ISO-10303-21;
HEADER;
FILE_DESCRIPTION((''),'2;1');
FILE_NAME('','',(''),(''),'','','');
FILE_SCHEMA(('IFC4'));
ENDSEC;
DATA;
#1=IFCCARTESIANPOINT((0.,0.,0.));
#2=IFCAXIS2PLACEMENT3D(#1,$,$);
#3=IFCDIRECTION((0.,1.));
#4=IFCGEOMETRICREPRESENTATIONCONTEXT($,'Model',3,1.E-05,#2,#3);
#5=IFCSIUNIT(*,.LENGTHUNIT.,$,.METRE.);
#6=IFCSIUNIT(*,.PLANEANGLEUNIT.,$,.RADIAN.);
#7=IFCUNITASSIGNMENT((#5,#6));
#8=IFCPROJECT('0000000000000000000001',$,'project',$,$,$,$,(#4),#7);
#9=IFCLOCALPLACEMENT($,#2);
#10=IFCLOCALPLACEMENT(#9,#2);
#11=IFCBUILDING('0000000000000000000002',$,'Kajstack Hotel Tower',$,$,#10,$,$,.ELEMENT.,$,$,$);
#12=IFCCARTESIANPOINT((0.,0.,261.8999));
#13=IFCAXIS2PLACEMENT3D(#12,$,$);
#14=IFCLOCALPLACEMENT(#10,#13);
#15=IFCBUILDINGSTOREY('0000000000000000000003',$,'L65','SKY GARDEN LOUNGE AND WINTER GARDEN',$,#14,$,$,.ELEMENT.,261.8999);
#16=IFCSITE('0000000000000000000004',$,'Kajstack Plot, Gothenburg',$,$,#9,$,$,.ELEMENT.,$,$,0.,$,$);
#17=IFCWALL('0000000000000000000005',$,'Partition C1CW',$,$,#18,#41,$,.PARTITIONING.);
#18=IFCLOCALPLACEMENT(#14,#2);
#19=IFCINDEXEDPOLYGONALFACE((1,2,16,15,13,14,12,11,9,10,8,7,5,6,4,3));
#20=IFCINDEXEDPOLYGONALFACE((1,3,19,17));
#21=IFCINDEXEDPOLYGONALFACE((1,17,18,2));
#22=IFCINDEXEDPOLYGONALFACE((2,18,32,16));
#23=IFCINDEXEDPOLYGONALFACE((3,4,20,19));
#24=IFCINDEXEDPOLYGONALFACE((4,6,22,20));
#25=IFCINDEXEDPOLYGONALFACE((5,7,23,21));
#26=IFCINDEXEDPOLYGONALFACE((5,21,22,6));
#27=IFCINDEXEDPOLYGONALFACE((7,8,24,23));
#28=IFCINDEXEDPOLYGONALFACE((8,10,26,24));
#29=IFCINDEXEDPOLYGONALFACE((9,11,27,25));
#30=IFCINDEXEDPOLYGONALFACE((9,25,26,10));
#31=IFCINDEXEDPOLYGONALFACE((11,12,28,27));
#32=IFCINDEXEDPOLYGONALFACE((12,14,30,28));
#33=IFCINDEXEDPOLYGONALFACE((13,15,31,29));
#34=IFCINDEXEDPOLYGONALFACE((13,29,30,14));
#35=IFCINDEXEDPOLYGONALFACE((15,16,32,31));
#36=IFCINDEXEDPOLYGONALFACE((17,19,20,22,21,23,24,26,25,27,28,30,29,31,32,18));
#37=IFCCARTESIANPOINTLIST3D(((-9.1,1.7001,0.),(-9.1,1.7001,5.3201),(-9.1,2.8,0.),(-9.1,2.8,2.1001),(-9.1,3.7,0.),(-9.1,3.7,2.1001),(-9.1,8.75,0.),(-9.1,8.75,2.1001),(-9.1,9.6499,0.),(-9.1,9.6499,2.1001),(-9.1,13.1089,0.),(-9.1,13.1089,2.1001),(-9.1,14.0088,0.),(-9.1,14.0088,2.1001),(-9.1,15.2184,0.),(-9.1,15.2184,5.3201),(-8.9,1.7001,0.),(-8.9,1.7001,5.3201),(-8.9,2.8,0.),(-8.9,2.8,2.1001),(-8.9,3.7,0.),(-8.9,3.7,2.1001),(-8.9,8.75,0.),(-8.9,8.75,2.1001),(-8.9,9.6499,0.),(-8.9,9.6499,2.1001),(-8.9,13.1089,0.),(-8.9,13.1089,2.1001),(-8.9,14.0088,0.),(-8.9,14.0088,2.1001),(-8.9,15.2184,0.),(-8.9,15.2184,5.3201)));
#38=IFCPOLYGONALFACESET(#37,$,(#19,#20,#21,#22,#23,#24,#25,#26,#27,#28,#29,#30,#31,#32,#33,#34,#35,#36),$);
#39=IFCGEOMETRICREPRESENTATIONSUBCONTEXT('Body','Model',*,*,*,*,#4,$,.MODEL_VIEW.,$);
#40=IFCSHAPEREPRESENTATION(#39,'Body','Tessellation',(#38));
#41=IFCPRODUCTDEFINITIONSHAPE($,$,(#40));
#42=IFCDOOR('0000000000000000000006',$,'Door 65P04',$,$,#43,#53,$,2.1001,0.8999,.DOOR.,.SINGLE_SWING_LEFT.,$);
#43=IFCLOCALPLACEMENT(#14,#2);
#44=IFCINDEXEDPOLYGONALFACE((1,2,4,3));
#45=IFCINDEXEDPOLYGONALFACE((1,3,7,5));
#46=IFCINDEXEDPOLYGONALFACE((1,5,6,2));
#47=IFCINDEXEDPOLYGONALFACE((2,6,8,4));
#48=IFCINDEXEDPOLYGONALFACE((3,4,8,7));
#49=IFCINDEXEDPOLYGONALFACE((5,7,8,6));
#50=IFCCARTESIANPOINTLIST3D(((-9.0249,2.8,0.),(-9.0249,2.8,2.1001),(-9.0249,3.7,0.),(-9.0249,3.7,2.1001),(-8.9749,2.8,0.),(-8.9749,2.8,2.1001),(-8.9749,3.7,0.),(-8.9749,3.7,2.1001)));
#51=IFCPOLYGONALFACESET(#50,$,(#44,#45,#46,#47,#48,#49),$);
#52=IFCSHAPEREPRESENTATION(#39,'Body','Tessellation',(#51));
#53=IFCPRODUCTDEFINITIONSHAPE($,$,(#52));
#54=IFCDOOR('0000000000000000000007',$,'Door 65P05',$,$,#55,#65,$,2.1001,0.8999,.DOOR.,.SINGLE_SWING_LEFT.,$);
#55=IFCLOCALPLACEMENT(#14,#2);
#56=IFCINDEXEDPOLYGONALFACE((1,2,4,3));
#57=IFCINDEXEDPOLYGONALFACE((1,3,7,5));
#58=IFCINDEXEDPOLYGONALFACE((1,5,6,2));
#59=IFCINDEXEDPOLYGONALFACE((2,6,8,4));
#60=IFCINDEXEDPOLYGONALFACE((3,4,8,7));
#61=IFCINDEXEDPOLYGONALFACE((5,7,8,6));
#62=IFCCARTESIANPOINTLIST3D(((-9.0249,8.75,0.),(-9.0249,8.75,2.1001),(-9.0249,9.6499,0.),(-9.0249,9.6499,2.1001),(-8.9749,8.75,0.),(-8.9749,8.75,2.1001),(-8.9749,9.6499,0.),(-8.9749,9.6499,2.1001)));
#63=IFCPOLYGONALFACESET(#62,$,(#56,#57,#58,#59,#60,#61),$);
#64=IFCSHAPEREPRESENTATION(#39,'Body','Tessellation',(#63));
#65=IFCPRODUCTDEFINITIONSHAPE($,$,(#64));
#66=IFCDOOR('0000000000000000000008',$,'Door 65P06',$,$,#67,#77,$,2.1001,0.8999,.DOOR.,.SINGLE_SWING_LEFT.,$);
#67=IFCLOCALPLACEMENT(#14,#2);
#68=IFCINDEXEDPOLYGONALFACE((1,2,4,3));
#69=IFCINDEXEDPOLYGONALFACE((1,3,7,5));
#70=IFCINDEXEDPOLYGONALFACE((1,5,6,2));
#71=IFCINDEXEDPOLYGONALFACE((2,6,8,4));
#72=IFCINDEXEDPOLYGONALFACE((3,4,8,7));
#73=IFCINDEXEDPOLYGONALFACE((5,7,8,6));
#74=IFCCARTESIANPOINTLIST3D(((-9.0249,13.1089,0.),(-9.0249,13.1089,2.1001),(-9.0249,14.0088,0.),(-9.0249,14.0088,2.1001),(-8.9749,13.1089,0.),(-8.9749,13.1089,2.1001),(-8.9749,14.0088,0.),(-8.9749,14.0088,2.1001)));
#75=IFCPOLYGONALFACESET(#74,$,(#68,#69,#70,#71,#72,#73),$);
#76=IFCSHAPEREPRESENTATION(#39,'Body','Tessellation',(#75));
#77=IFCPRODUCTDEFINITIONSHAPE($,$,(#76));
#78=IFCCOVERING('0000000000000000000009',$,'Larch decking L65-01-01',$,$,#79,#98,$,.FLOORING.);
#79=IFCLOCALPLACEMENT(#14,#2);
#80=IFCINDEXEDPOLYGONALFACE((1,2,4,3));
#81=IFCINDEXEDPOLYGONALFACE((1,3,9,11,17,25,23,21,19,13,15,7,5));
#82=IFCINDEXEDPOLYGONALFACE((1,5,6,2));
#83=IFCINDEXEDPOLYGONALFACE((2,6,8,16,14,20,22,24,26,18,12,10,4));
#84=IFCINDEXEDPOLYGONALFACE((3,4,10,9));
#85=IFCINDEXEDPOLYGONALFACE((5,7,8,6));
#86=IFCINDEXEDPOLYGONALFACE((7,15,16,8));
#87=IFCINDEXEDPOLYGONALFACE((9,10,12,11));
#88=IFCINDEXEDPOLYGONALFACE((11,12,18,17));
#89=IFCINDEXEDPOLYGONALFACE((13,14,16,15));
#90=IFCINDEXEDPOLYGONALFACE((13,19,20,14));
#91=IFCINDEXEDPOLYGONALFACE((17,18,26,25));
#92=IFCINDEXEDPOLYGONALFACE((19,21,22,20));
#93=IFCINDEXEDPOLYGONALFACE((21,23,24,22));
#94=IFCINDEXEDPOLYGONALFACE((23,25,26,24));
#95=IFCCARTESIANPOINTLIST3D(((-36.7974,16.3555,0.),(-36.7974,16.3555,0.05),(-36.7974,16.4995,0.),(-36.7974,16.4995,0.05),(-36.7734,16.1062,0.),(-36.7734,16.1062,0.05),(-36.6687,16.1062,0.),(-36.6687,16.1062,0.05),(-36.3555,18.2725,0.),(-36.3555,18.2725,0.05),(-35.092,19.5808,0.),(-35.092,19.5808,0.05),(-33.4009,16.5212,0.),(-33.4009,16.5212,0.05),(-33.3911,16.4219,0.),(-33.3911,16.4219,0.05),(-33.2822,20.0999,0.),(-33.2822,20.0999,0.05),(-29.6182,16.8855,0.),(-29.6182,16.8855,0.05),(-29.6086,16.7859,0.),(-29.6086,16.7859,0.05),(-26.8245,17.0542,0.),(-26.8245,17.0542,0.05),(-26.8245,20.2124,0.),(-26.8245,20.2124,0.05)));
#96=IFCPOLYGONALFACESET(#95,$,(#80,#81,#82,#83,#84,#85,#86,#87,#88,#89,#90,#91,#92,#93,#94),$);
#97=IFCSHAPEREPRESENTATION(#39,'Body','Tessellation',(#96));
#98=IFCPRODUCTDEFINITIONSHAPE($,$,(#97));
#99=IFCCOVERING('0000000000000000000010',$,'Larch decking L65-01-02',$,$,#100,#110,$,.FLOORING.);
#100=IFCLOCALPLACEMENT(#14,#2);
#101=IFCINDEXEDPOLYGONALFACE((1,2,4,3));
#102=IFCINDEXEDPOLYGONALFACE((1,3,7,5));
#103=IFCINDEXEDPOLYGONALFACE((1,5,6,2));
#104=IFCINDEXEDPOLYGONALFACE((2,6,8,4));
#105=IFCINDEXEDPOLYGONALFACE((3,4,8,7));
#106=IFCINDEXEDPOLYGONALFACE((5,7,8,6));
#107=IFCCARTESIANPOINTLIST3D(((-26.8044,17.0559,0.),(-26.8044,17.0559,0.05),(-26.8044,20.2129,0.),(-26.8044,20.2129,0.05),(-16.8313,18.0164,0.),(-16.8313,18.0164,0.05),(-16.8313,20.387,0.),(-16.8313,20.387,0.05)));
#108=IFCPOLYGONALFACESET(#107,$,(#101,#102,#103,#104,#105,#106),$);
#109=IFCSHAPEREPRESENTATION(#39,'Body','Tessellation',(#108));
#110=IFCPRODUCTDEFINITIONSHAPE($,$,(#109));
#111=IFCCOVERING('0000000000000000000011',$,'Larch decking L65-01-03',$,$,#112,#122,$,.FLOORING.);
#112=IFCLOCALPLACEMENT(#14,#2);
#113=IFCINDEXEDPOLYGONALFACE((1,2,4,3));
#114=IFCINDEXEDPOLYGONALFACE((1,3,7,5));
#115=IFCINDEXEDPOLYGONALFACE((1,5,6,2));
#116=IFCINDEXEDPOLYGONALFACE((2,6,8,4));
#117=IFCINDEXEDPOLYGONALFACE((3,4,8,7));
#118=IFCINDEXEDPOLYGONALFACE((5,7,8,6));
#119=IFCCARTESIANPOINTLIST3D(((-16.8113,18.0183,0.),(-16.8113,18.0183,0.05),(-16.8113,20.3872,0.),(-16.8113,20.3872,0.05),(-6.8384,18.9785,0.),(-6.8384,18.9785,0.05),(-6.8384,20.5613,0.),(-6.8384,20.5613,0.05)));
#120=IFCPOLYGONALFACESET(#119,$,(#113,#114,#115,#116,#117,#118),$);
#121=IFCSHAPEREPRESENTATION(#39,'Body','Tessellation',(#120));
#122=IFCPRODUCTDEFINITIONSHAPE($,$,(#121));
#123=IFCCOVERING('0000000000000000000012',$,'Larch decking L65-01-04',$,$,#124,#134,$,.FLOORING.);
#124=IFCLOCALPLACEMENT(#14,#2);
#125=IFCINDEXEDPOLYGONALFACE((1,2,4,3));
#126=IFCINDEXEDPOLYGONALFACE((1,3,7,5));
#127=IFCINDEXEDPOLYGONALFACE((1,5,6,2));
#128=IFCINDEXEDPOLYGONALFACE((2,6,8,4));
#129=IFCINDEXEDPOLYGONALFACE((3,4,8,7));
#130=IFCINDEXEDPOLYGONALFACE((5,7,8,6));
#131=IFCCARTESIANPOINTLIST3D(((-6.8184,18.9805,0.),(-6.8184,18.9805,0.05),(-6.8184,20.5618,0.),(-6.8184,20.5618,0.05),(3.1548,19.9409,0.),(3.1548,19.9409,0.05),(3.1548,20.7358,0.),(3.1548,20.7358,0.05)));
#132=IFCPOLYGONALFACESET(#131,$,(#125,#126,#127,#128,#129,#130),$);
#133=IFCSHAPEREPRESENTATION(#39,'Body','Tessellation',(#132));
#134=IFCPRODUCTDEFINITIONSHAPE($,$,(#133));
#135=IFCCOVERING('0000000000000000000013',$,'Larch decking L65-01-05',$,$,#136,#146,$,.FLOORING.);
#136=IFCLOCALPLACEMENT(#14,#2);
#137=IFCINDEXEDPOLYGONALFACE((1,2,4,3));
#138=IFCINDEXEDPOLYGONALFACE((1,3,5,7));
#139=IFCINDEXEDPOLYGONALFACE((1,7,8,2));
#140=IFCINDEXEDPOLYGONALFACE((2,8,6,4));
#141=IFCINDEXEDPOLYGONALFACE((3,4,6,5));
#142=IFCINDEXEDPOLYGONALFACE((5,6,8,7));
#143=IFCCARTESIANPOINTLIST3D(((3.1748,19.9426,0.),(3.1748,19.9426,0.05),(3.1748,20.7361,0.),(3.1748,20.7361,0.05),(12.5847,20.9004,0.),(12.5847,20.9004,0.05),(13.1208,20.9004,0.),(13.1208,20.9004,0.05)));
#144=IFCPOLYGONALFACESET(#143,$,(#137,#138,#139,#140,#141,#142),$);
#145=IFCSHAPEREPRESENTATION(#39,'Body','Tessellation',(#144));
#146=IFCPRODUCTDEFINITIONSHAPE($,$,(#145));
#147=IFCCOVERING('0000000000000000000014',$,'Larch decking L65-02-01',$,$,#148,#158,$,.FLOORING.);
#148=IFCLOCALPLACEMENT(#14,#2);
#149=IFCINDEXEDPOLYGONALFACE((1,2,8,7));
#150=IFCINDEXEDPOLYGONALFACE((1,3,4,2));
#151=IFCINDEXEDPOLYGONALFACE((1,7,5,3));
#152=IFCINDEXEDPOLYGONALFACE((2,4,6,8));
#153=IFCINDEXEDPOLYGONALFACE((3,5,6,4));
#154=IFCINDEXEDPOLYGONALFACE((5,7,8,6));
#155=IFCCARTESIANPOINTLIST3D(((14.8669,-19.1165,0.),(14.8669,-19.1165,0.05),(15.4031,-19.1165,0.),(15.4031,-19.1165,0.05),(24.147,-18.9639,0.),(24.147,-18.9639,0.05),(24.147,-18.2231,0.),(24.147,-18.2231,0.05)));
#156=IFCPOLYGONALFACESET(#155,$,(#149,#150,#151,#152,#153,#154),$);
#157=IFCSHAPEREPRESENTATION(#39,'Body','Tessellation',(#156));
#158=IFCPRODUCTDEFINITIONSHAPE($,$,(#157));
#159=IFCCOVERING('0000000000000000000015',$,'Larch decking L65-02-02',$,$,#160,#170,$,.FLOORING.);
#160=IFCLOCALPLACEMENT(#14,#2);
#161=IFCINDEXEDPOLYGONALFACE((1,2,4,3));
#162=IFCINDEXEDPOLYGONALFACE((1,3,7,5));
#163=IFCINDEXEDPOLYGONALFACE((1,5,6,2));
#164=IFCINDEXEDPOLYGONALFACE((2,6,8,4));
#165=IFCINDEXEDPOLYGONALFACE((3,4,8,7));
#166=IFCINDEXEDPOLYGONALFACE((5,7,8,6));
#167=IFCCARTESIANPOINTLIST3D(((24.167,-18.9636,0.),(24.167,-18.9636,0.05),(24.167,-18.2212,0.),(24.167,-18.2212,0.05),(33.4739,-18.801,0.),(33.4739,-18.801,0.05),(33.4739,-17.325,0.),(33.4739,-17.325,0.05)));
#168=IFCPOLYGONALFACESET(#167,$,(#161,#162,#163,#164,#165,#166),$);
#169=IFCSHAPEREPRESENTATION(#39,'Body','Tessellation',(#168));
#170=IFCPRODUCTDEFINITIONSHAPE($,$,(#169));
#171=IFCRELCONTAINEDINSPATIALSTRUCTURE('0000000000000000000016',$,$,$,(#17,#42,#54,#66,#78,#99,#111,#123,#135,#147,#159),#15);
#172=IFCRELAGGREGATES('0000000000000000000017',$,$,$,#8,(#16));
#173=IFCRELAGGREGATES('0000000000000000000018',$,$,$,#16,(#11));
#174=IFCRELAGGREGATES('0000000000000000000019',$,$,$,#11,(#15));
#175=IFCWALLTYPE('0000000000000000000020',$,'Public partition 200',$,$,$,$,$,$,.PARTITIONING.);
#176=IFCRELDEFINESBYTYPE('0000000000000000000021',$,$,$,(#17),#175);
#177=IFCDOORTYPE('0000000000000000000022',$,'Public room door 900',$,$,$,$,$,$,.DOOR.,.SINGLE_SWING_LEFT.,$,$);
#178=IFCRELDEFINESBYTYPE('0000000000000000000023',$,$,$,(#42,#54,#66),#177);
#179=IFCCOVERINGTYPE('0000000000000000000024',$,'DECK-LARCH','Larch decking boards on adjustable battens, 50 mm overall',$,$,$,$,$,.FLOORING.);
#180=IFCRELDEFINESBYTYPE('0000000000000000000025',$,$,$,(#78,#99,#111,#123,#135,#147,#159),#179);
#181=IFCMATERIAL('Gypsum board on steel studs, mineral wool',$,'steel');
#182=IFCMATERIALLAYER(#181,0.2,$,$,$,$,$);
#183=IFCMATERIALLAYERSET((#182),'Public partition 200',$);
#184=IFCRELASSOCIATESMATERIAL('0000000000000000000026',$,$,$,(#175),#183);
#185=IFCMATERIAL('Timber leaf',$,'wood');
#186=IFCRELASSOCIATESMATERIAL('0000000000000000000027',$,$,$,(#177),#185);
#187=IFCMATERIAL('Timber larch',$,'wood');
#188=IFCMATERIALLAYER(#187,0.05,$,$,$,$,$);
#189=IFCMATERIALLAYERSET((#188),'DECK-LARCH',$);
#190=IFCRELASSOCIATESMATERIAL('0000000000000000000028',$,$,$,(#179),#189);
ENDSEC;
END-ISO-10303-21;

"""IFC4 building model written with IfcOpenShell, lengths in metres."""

from ifc_helpers import new_model, si_unit, direction, frame, frame_2d, origin, place, context, subcontext, project, spatial, polyline, rectangle, outline, extrude, material, layer, layer_set, type_object, element, fill, save


model = new_model("IFC4")

# Units and contexts
model_context = context("Model", 3, precision=1e-05, world=origin(), true_north=direction((0.0, 1.0)))
body_context = subcontext(model_context, "Body", "Model", "MODEL_VIEW")
ifc_project = project(units=[si_unit("LENGTHUNIT", "METRE"), si_unit("PLANEANGLEUNIT", "RADIAN")], contexts=[model_context])

# Site, building, storey
site_placement = place(None, origin())
site = spatial("IfcSite", under=ifc_project, at=site_placement, Name="Kajstack Plot, Gothenburg", CompositionType="ELEMENT", RefElevation=0.0)
building_placement = place(site_placement, origin())
building = spatial("IfcBuilding", under=site, at=building_placement, Name="Kajstack Hotel Tower", CompositionType="ELEMENT")
storey_placement = place(building_placement, frame((0.0, 0.0, 261.8999)))
storey = spatial("IfcBuildingStorey", under=building, at=storey_placement, Name="L65", Description="SKY GARDEN LOUNGE AND WINTER GARDEN", CompositionType="ELEMENT", Elevation=261.8999)

# Shared definitions
ifc_material_1 = material(Name="Gypsum board on steel studs, mineral wool", Category="steel")
ifc_layer_1 = layer(ifc_material_1, 0.2)
ifc_layer_set_1 = layer_set([ifc_layer_1], Name="Public partition 200")
wall_type = type_object("IfcWallType", Name="Public partition 200", PredefinedType="PARTITIONING", material=ifc_layer_set_1)

# Wall, openings, doors
wall_1_placement = place(storey_placement, frame((-9.0, 1.7, 0.0), z_axis=(0.0, 0.0, 1.0), x_axis=(0.0, 1.0, 0.0)))
wall_1 = element("IfcWall", 1, at=wall_1_placement, inside=storey, type_object=wall_type, Name="Partition C1CW", PredefinedType="PARTITIONING", context=body_context, shape_type="SweptSolid", body=[
    extrude(rectangle(XDim=13.5183, YDim=0.2, at=frame_2d((6.7593, 0.0))), origin(), (0.0, 0.0, 1.0), 5.3201),
])
opening_1_placement = place(wall_1_placement, frame((1.1001, 0.0, 0.0)))
opening_1 = element("IfcOpeningElement", 2, at=opening_1_placement, cuts=wall_1, PredefinedType="OPENING", context=body_context, shape_type="SweptSolid", body=[
    extrude(rectangle(XDim=0.8999, YDim=2.1001, at=frame_2d((0.45, 1.05))), frame((0.0, 0.1099, 0.0), z_axis=(0.0, -1.0, 0.0), x_axis=(1.0, 0.0, 0.0)), (0.0, 0.0, 1.0), 0.22),
])
opening_2_placement = place(wall_1_placement, frame((7.05, 0.0, 0.0)))
opening_2 = element("IfcOpeningElement", 3, at=opening_2_placement, cuts=wall_1, PredefinedType="OPENING", context=body_context, shape_type="SweptSolid", body=[
    extrude(rectangle(XDim=0.8999, YDim=2.1001, at=frame_2d((0.45, 1.05))), frame((0.0, 0.1099, 0.0), z_axis=(0.0, -1.0, 0.0), x_axis=(1.0, 0.0, 0.0)), (0.0, 0.0, 1.0), 0.22),
])
opening_3_placement = place(wall_1_placement, frame((11.4089, 0.0, 0.0)))
opening_3 = element("IfcOpeningElement", 4, at=opening_3_placement, cuts=wall_1, PredefinedType="OPENING", context=body_context, shape_type="SweptSolid", body=[
    extrude(rectangle(XDim=0.8999, YDim=2.1001, at=frame_2d((0.45, 1.05))), frame((0.0, 0.1099, 0.0), z_axis=(0.0, -1.0, 0.0), x_axis=(1.0, 0.0, 0.0)), (0.0, 0.0, 1.0), 0.22),
])
ifc_material_2 = material(Name="Timber leaf", Category="wood")
door_type = type_object("IfcDoorType", Name="Public room door 900", OperationType="SINGLE_SWING_LEFT", PredefinedType="DOOR", material=ifc_material_2)
door_1_placement = place(opening_1_placement, origin())
door_1 = element("IfcDoor", 5, at=door_1_placement, inside=storey, type_object=door_type, Name="Door 65P04", OperationType="SINGLE_SWING_LEFT", OverallHeight=2.1001, OverallWidth=0.8999, PredefinedType="DOOR", context=body_context, shape_type="SweptSolid", body=[
    extrude(rectangle(XDim=0.8999, YDim=2.1001, at=frame_2d((0.45, 1.05))), frame((0.0, 0.0249, 0.0), z_axis=(0.0, -1.0, 0.0), x_axis=(1.0, 0.0, 0.0)), (0.0, 0.0, 1.0), 0.05),
])
fill(opening_1, door_1)
door_2_placement = place(opening_2_placement, origin())
door_2 = element("IfcDoor", 6, at=door_2_placement, inside=storey, type_object=door_type, Name="Door 65P05", OperationType="SINGLE_SWING_LEFT", OverallHeight=2.1001, OverallWidth=0.8999, PredefinedType="DOOR", context=body_context, shape_type="SweptSolid", body=[
    extrude(rectangle(XDim=0.8999, YDim=2.1001, at=frame_2d((0.45, 1.05))), frame((0.0, 0.0249, 0.0), z_axis=(0.0, -1.0, 0.0), x_axis=(1.0, 0.0, 0.0)), (0.0, 0.0, 1.0), 0.05),
])
fill(opening_2, door_2)
door_3_placement = place(opening_3_placement, origin())
door_3 = element("IfcDoor", 7, at=door_3_placement, inside=storey, type_object=door_type, Name="Door 65P06", OperationType="SINGLE_SWING_LEFT", OverallHeight=2.1001, OverallWidth=0.8999, PredefinedType="DOOR", context=body_context, shape_type="SweptSolid", body=[
    extrude(rectangle(XDim=0.8999, YDim=2.1001, at=frame_2d((0.45, 1.05))), frame((0.0, 0.0249, 0.0), z_axis=(0.0, -1.0, 0.0), x_axis=(1.0, 0.0, 0.0)), (0.0, 0.0, 1.0), 0.05),
])
fill(opening_3, door_3)

# Coverings
ifc_material_3 = material(Name="Timber larch", Category="wood")
ifc_layer_2 = layer(ifc_material_3, 0.05)
ifc_layer_set_2 = layer_set([ifc_layer_2], Name="DECK-LARCH")
covering_type = type_object("IfcCoveringType", Name="DECK-LARCH", Description="Larch decking boards on adjustable battens, 50 mm overall", PredefinedType="FLOORING", material=ifc_layer_set_2)
covering_1_placement = place(storey_placement, origin())
element("IfcCovering", 8, at=covering_1_placement, inside=storey, type_object=covering_type, Name="Larch decking L65-01-01", PredefinedType="FLOORING", context=body_context, shape_type="SweptSolid", body=[
    extrude(outline(polyline([(-29.6086, 16.7859), (-26.8245, 17.0542), (-26.8245, 20.2124), (-33.2822, 20.0999), (-35.092, 19.5808), (-36.3555, 18.2725), (-36.7974, 16.4995), (-36.7974, 16.3555), (-36.7734, 16.1062), (-36.6687, 16.1062), (-33.3911, 16.4219), (-33.4009, 16.5212), (-29.6182, 16.8855), (-29.6086, 16.7859)])), origin(), (0.0, 0.0, 1.0), 0.05),
])
covering_2_placement = place(storey_placement, origin())
element("IfcCovering", 9, at=covering_2_placement, inside=storey, type_object=covering_type, Name="Larch decking L65-01-02", PredefinedType="FLOORING", context=body_context, shape_type="SweptSolid", body=[
    extrude(outline(polyline([(-26.8044, 20.2129), (-26.8044, 17.0559), (-16.8313, 18.0164), (-16.8313, 20.387), (-26.8044, 20.2129)])), origin(), (0.0, 0.0, 1.0), 0.05),
])
covering_3_placement = place(storey_placement, origin())
element("IfcCovering", 10, at=covering_3_placement, inside=storey, type_object=covering_type, Name="Larch decking L65-01-03", PredefinedType="FLOORING", context=body_context, shape_type="SweptSolid", body=[
    extrude(outline(polyline([(-16.8113, 20.3872), (-16.8113, 18.0183), (-6.8384, 18.9785), (-6.8384, 20.5613), (-16.8113, 20.3872)])), origin(), (0.0, 0.0, 1.0), 0.05),
])
covering_4_placement = place(storey_placement, origin())
element("IfcCovering", 11, at=covering_4_placement, inside=storey, type_object=covering_type, Name="Larch decking L65-01-04", PredefinedType="FLOORING", context=body_context, shape_type="SweptSolid", body=[
    extrude(outline(polyline([(-6.8184, 20.5618), (-6.8184, 18.9805), (3.1548, 19.9409), (3.1548, 20.7358), (-6.8184, 20.5618)])), origin(), (0.0, 0.0, 1.0), 0.05),
])
covering_5_placement = place(storey_placement, origin())
element("IfcCovering", 12, at=covering_5_placement, inside=storey, type_object=covering_type, Name="Larch decking L65-01-05", PredefinedType="FLOORING", context=body_context, shape_type="SweptSolid", body=[
    extrude(outline(polyline([(3.1748, 20.7361), (3.1748, 19.9426), (13.1208, 20.9004), (12.5847, 20.9004), (3.1748, 20.7361)])), origin(), (0.0, 0.0, 1.0), 0.05),
])
covering_6_placement = place(storey_placement, origin())
element("IfcCovering", 13, at=covering_6_placement, inside=storey, type_object=covering_type, Name="Larch decking L65-02-01", PredefinedType="FLOORING", context=body_context, shape_type="SweptSolid", body=[
    extrude(outline(polyline([(24.147, -18.9639), (24.147, -18.2231), (14.8669, -19.1165), (15.4031, -19.1165), (24.147, -18.9639)])), origin(), (0.0, 0.0, 1.0), 0.05),
])
covering_7_placement = place(storey_placement, origin())
element("IfcCovering", 14, at=covering_7_placement, inside=storey, type_object=covering_type, Name="Larch decking L65-02-02", PredefinedType="FLOORING", context=body_context, shape_type="SweptSolid", body=[
    extrude(outline(polyline([(33.4739, -18.801), (33.4739, -17.325), (24.167, -18.2212), (24.167, -18.9636), (33.4739, -18.801)])), origin(), (0.0, 0.0, 1.0), 0.05),
])

save(model, "model.ifc")
